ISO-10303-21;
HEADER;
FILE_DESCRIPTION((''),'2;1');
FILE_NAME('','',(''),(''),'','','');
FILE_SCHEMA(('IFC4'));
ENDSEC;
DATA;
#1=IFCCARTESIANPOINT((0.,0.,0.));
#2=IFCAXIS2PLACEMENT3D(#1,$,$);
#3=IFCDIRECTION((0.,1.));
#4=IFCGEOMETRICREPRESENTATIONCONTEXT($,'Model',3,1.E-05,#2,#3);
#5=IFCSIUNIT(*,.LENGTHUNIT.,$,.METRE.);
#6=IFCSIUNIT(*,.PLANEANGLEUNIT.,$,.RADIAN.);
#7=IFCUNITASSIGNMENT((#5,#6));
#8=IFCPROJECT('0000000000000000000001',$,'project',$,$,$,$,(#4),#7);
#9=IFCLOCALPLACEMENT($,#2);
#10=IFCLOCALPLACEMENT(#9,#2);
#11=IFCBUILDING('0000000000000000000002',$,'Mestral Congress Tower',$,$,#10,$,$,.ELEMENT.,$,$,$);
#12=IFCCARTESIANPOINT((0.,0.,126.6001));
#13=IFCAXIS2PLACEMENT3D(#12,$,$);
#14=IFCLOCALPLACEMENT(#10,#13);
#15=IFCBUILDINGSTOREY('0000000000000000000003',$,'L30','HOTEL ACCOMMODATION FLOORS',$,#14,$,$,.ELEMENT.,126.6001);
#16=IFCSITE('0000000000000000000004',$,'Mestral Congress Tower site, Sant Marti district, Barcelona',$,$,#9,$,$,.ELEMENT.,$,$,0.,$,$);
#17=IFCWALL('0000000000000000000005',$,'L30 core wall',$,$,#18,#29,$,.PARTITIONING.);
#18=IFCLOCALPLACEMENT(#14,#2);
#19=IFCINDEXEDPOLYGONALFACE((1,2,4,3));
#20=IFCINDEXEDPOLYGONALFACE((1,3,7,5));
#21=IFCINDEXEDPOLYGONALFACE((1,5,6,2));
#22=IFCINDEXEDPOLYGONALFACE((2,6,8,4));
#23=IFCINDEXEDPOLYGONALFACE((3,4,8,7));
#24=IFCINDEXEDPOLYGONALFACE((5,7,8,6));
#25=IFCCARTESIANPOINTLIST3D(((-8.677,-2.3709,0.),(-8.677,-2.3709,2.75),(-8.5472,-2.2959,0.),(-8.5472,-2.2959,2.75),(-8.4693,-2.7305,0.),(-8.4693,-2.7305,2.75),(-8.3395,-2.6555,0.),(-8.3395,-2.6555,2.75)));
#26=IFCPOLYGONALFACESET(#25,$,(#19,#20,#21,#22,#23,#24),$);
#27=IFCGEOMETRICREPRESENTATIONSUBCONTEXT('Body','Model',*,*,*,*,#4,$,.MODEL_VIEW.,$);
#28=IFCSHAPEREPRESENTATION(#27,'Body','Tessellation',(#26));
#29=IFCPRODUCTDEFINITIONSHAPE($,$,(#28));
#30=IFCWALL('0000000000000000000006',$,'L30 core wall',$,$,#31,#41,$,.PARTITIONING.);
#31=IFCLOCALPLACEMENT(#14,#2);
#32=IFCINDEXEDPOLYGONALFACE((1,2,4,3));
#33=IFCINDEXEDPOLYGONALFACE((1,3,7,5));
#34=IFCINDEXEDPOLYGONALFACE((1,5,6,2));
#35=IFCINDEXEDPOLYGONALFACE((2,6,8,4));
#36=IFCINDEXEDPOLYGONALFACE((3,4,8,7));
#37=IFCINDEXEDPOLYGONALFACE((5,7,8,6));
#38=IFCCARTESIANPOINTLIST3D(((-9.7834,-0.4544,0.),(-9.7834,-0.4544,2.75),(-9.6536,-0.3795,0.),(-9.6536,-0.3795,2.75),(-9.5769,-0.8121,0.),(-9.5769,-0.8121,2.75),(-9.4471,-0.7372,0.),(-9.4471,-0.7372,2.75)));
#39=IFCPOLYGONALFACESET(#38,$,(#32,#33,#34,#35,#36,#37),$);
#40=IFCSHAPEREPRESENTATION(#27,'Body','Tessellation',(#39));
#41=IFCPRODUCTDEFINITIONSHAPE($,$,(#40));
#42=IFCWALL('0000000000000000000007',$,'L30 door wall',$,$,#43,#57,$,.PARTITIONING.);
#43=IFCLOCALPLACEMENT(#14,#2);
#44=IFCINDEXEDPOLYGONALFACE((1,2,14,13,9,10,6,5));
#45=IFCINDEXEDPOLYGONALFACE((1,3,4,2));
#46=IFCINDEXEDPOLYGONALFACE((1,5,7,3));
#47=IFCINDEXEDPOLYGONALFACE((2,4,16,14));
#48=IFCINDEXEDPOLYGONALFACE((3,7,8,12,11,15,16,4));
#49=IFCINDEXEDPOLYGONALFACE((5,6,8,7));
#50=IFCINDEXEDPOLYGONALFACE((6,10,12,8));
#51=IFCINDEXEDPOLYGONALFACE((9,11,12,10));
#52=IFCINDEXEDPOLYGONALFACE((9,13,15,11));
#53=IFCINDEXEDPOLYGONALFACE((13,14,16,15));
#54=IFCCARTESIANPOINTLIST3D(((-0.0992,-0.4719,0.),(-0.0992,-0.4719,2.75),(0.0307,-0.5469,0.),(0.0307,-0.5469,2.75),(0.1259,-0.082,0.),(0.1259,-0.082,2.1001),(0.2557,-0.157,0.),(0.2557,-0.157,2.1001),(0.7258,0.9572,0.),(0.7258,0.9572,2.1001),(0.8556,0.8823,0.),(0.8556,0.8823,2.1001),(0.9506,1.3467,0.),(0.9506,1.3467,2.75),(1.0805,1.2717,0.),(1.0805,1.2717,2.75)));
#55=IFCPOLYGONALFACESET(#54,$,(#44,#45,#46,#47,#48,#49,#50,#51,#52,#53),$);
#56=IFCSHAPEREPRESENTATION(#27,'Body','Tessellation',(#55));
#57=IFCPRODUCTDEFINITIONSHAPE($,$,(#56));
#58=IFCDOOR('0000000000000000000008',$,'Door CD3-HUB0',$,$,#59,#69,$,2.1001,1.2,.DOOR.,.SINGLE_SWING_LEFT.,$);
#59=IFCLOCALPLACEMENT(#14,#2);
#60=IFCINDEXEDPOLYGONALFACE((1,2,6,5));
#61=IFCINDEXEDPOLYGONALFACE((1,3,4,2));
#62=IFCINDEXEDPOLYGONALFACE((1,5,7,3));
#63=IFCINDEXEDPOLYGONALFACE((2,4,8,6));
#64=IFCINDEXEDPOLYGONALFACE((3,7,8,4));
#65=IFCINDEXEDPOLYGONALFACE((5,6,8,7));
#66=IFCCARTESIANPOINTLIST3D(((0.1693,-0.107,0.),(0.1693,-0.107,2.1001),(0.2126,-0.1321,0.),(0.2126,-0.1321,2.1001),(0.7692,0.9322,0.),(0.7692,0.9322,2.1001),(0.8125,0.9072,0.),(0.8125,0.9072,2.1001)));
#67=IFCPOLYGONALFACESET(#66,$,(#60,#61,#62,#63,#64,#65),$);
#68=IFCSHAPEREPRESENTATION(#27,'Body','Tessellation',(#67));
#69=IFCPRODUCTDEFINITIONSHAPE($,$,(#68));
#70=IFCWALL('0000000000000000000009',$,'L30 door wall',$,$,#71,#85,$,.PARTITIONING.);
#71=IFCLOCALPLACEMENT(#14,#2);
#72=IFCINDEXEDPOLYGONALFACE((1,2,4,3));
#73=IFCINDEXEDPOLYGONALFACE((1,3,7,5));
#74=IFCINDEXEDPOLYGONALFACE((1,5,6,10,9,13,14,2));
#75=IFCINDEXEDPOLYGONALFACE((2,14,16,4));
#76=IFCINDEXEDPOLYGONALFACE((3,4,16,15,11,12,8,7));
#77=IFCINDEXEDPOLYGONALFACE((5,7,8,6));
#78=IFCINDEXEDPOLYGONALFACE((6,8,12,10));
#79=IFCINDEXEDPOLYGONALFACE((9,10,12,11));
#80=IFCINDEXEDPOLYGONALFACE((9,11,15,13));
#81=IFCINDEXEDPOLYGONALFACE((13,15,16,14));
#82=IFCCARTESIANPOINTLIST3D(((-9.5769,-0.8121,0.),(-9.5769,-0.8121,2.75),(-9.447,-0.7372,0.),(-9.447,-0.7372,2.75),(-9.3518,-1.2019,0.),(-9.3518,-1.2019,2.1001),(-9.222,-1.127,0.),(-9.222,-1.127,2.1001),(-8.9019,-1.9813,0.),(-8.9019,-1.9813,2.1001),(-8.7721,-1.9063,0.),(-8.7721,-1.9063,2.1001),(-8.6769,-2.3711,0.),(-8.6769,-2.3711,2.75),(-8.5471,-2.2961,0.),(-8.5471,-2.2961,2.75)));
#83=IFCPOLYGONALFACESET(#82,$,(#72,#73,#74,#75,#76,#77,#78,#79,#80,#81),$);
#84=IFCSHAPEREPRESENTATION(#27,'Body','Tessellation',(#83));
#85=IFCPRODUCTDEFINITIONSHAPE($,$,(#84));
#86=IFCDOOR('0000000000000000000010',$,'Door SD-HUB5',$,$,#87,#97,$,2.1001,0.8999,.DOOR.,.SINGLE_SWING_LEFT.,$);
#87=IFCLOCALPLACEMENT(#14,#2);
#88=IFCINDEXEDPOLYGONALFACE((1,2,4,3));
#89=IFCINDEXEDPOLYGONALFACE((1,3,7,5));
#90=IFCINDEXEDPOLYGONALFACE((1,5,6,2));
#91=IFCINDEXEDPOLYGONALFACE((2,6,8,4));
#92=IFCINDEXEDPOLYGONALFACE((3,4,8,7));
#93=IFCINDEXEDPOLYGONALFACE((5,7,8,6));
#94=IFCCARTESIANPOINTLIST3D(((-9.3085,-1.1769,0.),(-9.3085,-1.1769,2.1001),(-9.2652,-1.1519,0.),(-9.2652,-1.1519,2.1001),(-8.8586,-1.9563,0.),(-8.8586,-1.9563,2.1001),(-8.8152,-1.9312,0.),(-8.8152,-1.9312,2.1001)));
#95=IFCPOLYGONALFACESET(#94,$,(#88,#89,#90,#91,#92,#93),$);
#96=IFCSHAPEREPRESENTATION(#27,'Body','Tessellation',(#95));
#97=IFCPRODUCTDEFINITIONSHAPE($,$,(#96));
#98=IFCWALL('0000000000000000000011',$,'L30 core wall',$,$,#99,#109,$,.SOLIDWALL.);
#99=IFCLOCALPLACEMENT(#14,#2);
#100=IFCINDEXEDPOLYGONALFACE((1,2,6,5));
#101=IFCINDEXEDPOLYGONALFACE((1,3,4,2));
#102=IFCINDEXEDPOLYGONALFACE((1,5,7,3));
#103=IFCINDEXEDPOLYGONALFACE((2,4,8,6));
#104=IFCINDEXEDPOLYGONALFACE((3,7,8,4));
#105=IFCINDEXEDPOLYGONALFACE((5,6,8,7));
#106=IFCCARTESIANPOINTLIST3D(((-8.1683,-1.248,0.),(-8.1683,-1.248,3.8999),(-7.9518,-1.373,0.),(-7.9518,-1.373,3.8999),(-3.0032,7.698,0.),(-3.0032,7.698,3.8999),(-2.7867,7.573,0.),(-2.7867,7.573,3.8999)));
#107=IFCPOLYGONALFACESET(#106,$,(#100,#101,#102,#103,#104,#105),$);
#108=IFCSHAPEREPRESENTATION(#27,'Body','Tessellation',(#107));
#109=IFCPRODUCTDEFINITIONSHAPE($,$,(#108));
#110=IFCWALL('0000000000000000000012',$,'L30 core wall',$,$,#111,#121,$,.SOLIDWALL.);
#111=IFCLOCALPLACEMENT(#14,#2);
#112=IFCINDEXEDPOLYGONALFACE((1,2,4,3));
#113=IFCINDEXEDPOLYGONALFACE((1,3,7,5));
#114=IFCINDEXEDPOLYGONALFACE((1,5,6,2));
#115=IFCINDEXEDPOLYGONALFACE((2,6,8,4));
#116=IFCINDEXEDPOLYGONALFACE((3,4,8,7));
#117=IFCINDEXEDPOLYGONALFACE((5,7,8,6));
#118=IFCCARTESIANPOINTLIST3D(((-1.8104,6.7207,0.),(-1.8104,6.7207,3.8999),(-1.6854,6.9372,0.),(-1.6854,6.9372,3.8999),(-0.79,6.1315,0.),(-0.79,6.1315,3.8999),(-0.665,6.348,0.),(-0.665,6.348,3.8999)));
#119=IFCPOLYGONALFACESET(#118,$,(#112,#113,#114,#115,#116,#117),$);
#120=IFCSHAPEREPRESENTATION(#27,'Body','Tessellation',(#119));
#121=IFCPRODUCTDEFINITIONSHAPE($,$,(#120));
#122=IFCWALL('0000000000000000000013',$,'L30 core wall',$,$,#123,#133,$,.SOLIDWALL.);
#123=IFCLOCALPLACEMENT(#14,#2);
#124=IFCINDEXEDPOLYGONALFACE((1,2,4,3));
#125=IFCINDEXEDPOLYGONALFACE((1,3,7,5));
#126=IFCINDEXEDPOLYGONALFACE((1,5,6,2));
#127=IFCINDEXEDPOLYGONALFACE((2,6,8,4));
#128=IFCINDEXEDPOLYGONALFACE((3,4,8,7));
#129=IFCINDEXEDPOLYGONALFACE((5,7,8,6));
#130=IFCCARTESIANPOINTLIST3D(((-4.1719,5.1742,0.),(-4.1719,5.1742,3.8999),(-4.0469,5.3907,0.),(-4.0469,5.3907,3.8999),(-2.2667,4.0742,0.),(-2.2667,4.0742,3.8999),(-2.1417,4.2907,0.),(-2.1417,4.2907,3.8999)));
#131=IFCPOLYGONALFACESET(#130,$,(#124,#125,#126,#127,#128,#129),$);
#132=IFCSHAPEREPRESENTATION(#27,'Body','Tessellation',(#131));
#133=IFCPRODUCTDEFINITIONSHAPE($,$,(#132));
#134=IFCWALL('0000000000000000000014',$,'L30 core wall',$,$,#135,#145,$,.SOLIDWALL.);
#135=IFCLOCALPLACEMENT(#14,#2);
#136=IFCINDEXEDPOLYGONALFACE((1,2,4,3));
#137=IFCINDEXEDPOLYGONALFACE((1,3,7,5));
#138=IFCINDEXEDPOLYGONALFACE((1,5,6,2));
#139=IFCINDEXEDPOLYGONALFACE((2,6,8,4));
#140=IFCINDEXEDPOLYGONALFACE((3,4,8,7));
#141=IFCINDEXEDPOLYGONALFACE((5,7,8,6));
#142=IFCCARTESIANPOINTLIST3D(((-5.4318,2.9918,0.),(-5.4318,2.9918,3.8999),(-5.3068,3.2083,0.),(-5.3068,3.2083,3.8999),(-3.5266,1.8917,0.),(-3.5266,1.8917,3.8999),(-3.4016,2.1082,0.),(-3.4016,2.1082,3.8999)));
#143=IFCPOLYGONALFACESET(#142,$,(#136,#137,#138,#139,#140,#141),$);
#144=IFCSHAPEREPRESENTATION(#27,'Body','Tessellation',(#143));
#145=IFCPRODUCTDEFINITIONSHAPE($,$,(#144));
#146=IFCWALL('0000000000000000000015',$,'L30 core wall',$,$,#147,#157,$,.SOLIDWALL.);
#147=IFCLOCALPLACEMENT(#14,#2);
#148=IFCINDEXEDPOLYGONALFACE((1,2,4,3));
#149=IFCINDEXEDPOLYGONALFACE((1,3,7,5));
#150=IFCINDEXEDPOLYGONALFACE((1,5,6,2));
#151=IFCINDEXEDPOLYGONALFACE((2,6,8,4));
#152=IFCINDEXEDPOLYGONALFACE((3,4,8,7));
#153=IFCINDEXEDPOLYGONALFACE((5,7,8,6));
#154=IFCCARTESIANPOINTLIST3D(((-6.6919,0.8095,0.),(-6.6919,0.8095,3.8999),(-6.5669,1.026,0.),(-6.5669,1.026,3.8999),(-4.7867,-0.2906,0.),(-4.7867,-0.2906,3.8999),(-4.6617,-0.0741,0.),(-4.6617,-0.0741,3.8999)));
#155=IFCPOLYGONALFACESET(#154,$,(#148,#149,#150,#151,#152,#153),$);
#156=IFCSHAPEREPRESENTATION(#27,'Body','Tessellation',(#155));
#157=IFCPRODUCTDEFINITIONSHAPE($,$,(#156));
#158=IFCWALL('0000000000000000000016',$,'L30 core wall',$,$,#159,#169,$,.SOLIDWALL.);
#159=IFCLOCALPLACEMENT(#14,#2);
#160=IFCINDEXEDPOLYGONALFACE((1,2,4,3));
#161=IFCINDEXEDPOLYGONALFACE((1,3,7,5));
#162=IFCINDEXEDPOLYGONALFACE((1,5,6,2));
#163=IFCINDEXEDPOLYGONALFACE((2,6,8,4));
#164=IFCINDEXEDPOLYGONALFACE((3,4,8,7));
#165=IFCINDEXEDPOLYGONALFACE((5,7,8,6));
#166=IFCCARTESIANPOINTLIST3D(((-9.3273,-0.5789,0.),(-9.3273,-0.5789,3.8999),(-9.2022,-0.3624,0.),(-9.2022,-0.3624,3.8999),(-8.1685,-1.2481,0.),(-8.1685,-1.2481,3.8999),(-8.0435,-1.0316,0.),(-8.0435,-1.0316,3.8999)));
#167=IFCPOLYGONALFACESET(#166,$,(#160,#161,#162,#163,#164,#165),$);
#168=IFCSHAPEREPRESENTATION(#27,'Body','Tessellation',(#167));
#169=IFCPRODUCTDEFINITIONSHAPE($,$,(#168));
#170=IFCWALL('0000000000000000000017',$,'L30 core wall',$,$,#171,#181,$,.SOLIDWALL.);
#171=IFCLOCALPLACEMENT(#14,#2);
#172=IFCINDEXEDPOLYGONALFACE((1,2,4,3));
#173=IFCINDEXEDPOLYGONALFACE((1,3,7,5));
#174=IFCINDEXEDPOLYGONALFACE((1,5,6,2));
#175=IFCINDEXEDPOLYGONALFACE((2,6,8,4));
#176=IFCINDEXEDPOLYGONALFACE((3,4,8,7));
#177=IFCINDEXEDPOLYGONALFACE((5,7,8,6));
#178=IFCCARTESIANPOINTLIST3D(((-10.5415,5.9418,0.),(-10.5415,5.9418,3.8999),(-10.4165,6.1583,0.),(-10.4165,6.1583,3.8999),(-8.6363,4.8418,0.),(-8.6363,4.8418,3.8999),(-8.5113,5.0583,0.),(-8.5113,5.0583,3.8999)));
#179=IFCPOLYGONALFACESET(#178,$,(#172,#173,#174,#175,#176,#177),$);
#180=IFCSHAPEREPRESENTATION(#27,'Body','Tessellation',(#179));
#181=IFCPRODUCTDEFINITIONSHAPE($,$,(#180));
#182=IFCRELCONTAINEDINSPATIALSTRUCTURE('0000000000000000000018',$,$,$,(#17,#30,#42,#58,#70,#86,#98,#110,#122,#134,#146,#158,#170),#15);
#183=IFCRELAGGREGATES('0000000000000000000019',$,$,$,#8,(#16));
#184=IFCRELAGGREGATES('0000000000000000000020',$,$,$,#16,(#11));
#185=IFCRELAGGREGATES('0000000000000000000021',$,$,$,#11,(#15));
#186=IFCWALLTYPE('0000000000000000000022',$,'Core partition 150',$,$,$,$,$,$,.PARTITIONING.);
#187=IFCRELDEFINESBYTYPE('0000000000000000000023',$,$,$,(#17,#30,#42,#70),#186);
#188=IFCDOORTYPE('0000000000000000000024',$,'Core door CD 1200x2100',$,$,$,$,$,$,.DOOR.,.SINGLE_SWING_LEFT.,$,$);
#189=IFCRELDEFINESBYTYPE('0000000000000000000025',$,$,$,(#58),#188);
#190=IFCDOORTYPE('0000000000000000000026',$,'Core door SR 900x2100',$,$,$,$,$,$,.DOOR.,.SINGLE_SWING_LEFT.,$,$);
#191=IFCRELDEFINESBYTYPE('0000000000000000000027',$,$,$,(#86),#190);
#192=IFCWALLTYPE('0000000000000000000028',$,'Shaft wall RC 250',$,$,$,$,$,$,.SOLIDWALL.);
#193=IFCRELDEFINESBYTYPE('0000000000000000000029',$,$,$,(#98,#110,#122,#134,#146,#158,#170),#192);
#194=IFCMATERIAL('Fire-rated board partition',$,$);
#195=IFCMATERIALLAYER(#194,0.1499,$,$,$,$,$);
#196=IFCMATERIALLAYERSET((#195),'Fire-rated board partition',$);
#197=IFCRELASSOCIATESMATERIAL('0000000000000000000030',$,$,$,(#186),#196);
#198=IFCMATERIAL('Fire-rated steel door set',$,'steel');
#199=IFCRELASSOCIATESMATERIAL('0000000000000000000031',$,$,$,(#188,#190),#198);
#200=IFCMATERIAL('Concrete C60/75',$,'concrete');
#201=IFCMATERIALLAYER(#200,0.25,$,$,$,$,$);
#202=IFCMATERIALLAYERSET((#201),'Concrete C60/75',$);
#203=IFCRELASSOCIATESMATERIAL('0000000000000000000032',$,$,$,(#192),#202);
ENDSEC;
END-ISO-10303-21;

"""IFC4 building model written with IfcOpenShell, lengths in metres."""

from ifc_helpers import new_model, si_unit, direction, frame, frame_2d, origin, place, context, subcontext, project, spatial, rectangle, extrude, material, layer, layer_set, type_object, element, fill, save


model = new_model("IFC4")

# Units and contexts
model_context = context("Model", 3, precision=1e-05, world=origin(), true_north=direction((0.0, 1.0)))
body_context = subcontext(model_context, "Body", "Model", "MODEL_VIEW")
ifc_project = project(units=[si_unit("LENGTHUNIT", "METRE"), si_unit("PLANEANGLEUNIT", "RADIAN")], contexts=[model_context])

# Site, building, storey
site_placement = place(None, origin())
site = spatial("IfcSite", under=ifc_project, at=site_placement, Name="Mestral Congress Tower site, Sant Marti district, Barcelona", CompositionType="ELEMENT", RefElevation=0.0)
building_placement = place(site_placement, origin())
building = spatial("IfcBuilding", under=site, at=building_placement, Name="Mestral Congress Tower", CompositionType="ELEMENT")
storey_placement = place(building_placement, frame((0.0, 0.0, 126.6001)))
storey = spatial("IfcBuildingStorey", under=building, at=storey_placement, Name="L30", Description="HOTEL ACCOMMODATION FLOORS", CompositionType="ELEMENT", Elevation=126.6001)

# Walls
ifc_material_1 = material(Name="Fire-rated board partition")
ifc_layer_1 = layer(ifc_material_1, 0.1499)
ifc_layer_set_1 = layer_set([ifc_layer_1], Name="Fire-rated board partition")
wall_type_1 = type_object("IfcWallType", Name="Core partition 150", PredefinedType="PARTITIONING", material=ifc_layer_set_1)
wall_1_placement = place(storey_placement, frame((-8.6121, -2.3335, 0.0), z_axis=(0.0, 0.0, 1.0), x_axis=(0.500248, -0.865882, 0.0)))
element("IfcWall", 1, at=wall_1_placement, inside=storey, type_object=wall_type_1, Name="L30 core wall", PredefinedType="PARTITIONING", context=body_context, shape_type="SweptSolid", body=[
    extrude(rectangle(XDim=0.4153, YDim=0.1499, at=frame_2d((0.2075, 0.0))), origin(), (0.0, 0.0, 1.0), 2.75),
])
wall_2_placement = place(storey_placement, frame((-9.512, -0.7747, 0.0), z_axis=(0.0, 0.0, 1.0), x_axis=(-0.500081, 0.865979, 0.0)))
element("IfcWall", 2, at=wall_2_placement, inside=storey, type_object=wall_type_1, Name="L30 core wall", PredefinedType="PARTITIONING", context=body_context, shape_type="SweptSolid", body=[
    extrude(rectangle(XDim=0.4131, YDim=0.1499, at=frame_2d((0.2065, 0.0))), origin(), (0.0, 0.0, 1.0), 2.75),
])

# Walls, openings, doors
wall_3_placement = place(storey_placement, frame((-0.0342, -0.5093, 0.0), z_axis=(0.0, 0.0, 1.0), x_axis=(0.499941, 0.86606, 0.0)))
wall_3 = element("IfcWall", 3, at=wall_3_placement, inside=storey, type_object=wall_type_1, Name="L30 door wall", PredefinedType="PARTITIONING", context=body_context, shape_type="SweptSolid", body=[
    extrude(rectangle(XDim=2.0999, YDim=0.1499, at=frame_2d((1.0498, 0.0))), origin(), (0.0, 0.0, 1.0), 2.75),
])
opening_1_placement = place(wall_3_placement, frame((0.45, 0.0, 0.0)))
opening_1 = element("IfcOpeningElement", 4, at=opening_1_placement, cuts=wall_3, PredefinedType="OPENING", context=body_context, shape_type="SweptSolid", body=[
    extrude(rectangle(XDim=1.2, YDim=2.1001, at=frame_2d((0.6001, 1.05))), frame((0.0, 0.085, 0.0), z_axis=(0.0, -1.0, 0.0), x_axis=(1.0, 0.0, 0.0)), (0.0, 0.0, 1.0), 0.1699),
])
ifc_material_2 = material(Name="Fire-rated steel door set", Category="steel")
door_type_1 = type_object("IfcDoorType", Name="Core door CD 1200x2100", OperationType="SINGLE_SWING_LEFT", PredefinedType="DOOR", material=ifc_material_2)
door_1_placement = place(opening_1_placement, origin())
door_1 = element("IfcDoor", 5, at=door_1_placement, inside=storey, type_object=door_type_1, Name="Door CD3-HUB0", OperationType="SINGLE_SWING_LEFT", OverallHeight=2.1001, OverallWidth=1.2, PredefinedType="DOOR", context=body_context, shape_type="SweptSolid", body=[
    extrude(rectangle(XDim=1.2, YDim=2.1001, at=frame_2d((0.6001, 1.05))), frame((0.0, 0.0249, 0.0), z_axis=(0.0, -1.0, 0.0), x_axis=(1.0, 0.0, 0.0)), (0.0, 0.0, 1.0), 0.05),
])
fill(opening_1, door_1)
wall_4_placement = place(storey_placement, frame((-8.6121, -2.3335, 0.0), z_axis=(0.0, 0.0, 1.0), x_axis=(-0.499961, 0.866048, 0.0)))
wall_4 = element("IfcWall", 6, at=wall_4_placement, inside=storey, type_object=wall_type_1, Name="L30 door wall", PredefinedType="PARTITIONING", context=body_context, shape_type="SweptSolid", body=[
    extrude(rectangle(XDim=1.8, YDim=0.1499, at=frame_2d((0.8999, 0.0))), origin(), (0.0, 0.0, 1.0), 2.75),
])
opening_2_placement = place(wall_4_placement, frame((0.45, 0.0, 0.0)))
opening_2 = element("IfcOpeningElement", 7, at=opening_2_placement, cuts=wall_4, PredefinedType="OPENING", context=body_context, shape_type="SweptSolid", body=[
    extrude(rectangle(XDim=0.8999, YDim=2.1001, at=frame_2d((0.45, 1.05))), frame((0.0, 0.085, 0.0), z_axis=(0.0, -1.0, 0.0), x_axis=(1.0, 0.0, 0.0)), (0.0, 0.0, 1.0), 0.1699),
])
door_type_2 = type_object("IfcDoorType", Name="Core door SR 900x2100", OperationType="SINGLE_SWING_LEFT", PredefinedType="DOOR", material=ifc_material_2)
door_2_placement = place(opening_2_placement, origin())
door_2 = element("IfcDoor", 8, at=door_2_placement, inside=storey, type_object=door_type_2, Name="Door SD-HUB5", OperationType="SINGLE_SWING_LEFT", OverallHeight=2.1001, OverallWidth=0.8999, PredefinedType="DOOR", context=body_context, shape_type="SweptSolid", body=[
    extrude(rectangle(XDim=0.8999, YDim=2.1001, at=frame_2d((0.45, 1.05))), frame((0.0, 0.0249, 0.0), z_axis=(0.0, -1.0, 0.0), x_axis=(1.0, 0.0, 0.0)), (0.0, 0.0, 1.0), 0.05),
])
fill(opening_2, door_2)

# Walls
ifc_material_3 = material(Name="Concrete C60/75", Category="concrete")
ifc_layer_2 = layer(ifc_material_3, 0.25)
ifc_layer_set_2 = layer_set([ifc_layer_2], Name="Concrete C60/75")
wall_type_2 = type_object("IfcWallType", Name="Shaft wall RC 250", PredefinedType="SOLIDWALL", material=ifc_layer_set_2)
wall_5_placement = place(storey_placement, frame((-8.0601, -1.3105, 0.0), z_axis=(0.0, 0.0, 1.0), x_axis=(0.500003, 0.866024, 0.0)))
element("IfcWall", 9, at=wall_5_placement, inside=storey, type_object=wall_type_2, Name="L30 core wall", PredefinedType="SOLIDWALL", context=body_context, shape_type="SweptSolid", body=[
    extrude(rectangle(XDim=10.3301, YDim=0.25, at=frame_2d((5.165, 0.0))), origin(), (0.0, 0.0, 1.0), 3.8999),
])
wall_6_placement = place(storey_placement, frame((-0.7275, 6.2397, 0.0), z_axis=(0.0, 0.0, 1.0), x_axis=(-0.866003, 0.500039, 0.0)))
element("IfcWall", 10, at=wall_6_placement, inside=storey, type_object=wall_type_2, Name="L30 core wall", PredefinedType="SOLIDWALL", context=body_context, shape_type="SweptSolid", body=[
    extrude(rectangle(XDim=1.1782, YDim=0.25, at=frame_2d((0.5891, 0.0))), origin(), (0.0, 0.0, 1.0), 3.8999),
])
for number, where, z_axis, x_axis, name in (
    (11, (-2.2041, 4.1824, 0.0), (0.0, 0.0, 1.0), (-0.866008, 0.50003, 0.0), "L30 core wall"),
    (12, (-5.3694, 3.1001, 0.0), (0.0, 0.0, 1.0), (0.866008, -0.50003, 0.0), "L30 core wall"),
    (13, (-4.7241, -0.1824, 0.0), (0.0, 0.0, 1.0), (-0.866008, 0.50003, 0.0), "L30 core wall"),
):
    element("IfcWall", number, at=place(storey_placement, frame(where, z_axis=z_axis, x_axis=x_axis)), inside=storey, type_object=wall_type_2, Name=name, PredefinedType="SOLIDWALL", context=body_context, shape_type="SweptSolid", body=[
        extrude(rectangle(XDim=2.2, YDim=0.25, at=frame_2d((1.1001, 0.0))), origin(), (0.0, 0.0, 1.0), 3.8999),
    ])
wall_7_placement = place(storey_placement, frame((-9.2646, -0.4707, 0.0), z_axis=(0.0, 0.0, 1.0), x_axis=(0.865955, -0.500123, 0.0)))
element("IfcWall", 14, at=wall_7_placement, inside=storey, type_object=wall_type_2, Name="L30 core wall", PredefinedType="SOLIDWALL", context=body_context, shape_type="SweptSolid", body=[
    extrude(rectangle(XDim=1.3381, YDim=0.25, at=frame_2d((0.6689, 0.0))), origin(), (0.0, 0.0, 1.0), 3.8999),
])
wall_8_placement = place(storey_placement, frame((-8.5737, 4.95, 0.0), z_axis=(0.0, 0.0, 1.0), x_axis=(-0.866008, 0.50003, 0.0)))
element("IfcWall", 15, at=wall_8_placement, inside=storey, type_object=wall_type_2, Name="L30 core wall", PredefinedType="SOLIDWALL", context=body_context, shape_type="SweptSolid", body=[
    extrude(rectangle(XDim=2.2, YDim=0.25, at=frame_2d((1.1001, 0.0))), origin(), (0.0, 0.0, 1.0), 3.8999),
])

save(model, "model.ifc")
